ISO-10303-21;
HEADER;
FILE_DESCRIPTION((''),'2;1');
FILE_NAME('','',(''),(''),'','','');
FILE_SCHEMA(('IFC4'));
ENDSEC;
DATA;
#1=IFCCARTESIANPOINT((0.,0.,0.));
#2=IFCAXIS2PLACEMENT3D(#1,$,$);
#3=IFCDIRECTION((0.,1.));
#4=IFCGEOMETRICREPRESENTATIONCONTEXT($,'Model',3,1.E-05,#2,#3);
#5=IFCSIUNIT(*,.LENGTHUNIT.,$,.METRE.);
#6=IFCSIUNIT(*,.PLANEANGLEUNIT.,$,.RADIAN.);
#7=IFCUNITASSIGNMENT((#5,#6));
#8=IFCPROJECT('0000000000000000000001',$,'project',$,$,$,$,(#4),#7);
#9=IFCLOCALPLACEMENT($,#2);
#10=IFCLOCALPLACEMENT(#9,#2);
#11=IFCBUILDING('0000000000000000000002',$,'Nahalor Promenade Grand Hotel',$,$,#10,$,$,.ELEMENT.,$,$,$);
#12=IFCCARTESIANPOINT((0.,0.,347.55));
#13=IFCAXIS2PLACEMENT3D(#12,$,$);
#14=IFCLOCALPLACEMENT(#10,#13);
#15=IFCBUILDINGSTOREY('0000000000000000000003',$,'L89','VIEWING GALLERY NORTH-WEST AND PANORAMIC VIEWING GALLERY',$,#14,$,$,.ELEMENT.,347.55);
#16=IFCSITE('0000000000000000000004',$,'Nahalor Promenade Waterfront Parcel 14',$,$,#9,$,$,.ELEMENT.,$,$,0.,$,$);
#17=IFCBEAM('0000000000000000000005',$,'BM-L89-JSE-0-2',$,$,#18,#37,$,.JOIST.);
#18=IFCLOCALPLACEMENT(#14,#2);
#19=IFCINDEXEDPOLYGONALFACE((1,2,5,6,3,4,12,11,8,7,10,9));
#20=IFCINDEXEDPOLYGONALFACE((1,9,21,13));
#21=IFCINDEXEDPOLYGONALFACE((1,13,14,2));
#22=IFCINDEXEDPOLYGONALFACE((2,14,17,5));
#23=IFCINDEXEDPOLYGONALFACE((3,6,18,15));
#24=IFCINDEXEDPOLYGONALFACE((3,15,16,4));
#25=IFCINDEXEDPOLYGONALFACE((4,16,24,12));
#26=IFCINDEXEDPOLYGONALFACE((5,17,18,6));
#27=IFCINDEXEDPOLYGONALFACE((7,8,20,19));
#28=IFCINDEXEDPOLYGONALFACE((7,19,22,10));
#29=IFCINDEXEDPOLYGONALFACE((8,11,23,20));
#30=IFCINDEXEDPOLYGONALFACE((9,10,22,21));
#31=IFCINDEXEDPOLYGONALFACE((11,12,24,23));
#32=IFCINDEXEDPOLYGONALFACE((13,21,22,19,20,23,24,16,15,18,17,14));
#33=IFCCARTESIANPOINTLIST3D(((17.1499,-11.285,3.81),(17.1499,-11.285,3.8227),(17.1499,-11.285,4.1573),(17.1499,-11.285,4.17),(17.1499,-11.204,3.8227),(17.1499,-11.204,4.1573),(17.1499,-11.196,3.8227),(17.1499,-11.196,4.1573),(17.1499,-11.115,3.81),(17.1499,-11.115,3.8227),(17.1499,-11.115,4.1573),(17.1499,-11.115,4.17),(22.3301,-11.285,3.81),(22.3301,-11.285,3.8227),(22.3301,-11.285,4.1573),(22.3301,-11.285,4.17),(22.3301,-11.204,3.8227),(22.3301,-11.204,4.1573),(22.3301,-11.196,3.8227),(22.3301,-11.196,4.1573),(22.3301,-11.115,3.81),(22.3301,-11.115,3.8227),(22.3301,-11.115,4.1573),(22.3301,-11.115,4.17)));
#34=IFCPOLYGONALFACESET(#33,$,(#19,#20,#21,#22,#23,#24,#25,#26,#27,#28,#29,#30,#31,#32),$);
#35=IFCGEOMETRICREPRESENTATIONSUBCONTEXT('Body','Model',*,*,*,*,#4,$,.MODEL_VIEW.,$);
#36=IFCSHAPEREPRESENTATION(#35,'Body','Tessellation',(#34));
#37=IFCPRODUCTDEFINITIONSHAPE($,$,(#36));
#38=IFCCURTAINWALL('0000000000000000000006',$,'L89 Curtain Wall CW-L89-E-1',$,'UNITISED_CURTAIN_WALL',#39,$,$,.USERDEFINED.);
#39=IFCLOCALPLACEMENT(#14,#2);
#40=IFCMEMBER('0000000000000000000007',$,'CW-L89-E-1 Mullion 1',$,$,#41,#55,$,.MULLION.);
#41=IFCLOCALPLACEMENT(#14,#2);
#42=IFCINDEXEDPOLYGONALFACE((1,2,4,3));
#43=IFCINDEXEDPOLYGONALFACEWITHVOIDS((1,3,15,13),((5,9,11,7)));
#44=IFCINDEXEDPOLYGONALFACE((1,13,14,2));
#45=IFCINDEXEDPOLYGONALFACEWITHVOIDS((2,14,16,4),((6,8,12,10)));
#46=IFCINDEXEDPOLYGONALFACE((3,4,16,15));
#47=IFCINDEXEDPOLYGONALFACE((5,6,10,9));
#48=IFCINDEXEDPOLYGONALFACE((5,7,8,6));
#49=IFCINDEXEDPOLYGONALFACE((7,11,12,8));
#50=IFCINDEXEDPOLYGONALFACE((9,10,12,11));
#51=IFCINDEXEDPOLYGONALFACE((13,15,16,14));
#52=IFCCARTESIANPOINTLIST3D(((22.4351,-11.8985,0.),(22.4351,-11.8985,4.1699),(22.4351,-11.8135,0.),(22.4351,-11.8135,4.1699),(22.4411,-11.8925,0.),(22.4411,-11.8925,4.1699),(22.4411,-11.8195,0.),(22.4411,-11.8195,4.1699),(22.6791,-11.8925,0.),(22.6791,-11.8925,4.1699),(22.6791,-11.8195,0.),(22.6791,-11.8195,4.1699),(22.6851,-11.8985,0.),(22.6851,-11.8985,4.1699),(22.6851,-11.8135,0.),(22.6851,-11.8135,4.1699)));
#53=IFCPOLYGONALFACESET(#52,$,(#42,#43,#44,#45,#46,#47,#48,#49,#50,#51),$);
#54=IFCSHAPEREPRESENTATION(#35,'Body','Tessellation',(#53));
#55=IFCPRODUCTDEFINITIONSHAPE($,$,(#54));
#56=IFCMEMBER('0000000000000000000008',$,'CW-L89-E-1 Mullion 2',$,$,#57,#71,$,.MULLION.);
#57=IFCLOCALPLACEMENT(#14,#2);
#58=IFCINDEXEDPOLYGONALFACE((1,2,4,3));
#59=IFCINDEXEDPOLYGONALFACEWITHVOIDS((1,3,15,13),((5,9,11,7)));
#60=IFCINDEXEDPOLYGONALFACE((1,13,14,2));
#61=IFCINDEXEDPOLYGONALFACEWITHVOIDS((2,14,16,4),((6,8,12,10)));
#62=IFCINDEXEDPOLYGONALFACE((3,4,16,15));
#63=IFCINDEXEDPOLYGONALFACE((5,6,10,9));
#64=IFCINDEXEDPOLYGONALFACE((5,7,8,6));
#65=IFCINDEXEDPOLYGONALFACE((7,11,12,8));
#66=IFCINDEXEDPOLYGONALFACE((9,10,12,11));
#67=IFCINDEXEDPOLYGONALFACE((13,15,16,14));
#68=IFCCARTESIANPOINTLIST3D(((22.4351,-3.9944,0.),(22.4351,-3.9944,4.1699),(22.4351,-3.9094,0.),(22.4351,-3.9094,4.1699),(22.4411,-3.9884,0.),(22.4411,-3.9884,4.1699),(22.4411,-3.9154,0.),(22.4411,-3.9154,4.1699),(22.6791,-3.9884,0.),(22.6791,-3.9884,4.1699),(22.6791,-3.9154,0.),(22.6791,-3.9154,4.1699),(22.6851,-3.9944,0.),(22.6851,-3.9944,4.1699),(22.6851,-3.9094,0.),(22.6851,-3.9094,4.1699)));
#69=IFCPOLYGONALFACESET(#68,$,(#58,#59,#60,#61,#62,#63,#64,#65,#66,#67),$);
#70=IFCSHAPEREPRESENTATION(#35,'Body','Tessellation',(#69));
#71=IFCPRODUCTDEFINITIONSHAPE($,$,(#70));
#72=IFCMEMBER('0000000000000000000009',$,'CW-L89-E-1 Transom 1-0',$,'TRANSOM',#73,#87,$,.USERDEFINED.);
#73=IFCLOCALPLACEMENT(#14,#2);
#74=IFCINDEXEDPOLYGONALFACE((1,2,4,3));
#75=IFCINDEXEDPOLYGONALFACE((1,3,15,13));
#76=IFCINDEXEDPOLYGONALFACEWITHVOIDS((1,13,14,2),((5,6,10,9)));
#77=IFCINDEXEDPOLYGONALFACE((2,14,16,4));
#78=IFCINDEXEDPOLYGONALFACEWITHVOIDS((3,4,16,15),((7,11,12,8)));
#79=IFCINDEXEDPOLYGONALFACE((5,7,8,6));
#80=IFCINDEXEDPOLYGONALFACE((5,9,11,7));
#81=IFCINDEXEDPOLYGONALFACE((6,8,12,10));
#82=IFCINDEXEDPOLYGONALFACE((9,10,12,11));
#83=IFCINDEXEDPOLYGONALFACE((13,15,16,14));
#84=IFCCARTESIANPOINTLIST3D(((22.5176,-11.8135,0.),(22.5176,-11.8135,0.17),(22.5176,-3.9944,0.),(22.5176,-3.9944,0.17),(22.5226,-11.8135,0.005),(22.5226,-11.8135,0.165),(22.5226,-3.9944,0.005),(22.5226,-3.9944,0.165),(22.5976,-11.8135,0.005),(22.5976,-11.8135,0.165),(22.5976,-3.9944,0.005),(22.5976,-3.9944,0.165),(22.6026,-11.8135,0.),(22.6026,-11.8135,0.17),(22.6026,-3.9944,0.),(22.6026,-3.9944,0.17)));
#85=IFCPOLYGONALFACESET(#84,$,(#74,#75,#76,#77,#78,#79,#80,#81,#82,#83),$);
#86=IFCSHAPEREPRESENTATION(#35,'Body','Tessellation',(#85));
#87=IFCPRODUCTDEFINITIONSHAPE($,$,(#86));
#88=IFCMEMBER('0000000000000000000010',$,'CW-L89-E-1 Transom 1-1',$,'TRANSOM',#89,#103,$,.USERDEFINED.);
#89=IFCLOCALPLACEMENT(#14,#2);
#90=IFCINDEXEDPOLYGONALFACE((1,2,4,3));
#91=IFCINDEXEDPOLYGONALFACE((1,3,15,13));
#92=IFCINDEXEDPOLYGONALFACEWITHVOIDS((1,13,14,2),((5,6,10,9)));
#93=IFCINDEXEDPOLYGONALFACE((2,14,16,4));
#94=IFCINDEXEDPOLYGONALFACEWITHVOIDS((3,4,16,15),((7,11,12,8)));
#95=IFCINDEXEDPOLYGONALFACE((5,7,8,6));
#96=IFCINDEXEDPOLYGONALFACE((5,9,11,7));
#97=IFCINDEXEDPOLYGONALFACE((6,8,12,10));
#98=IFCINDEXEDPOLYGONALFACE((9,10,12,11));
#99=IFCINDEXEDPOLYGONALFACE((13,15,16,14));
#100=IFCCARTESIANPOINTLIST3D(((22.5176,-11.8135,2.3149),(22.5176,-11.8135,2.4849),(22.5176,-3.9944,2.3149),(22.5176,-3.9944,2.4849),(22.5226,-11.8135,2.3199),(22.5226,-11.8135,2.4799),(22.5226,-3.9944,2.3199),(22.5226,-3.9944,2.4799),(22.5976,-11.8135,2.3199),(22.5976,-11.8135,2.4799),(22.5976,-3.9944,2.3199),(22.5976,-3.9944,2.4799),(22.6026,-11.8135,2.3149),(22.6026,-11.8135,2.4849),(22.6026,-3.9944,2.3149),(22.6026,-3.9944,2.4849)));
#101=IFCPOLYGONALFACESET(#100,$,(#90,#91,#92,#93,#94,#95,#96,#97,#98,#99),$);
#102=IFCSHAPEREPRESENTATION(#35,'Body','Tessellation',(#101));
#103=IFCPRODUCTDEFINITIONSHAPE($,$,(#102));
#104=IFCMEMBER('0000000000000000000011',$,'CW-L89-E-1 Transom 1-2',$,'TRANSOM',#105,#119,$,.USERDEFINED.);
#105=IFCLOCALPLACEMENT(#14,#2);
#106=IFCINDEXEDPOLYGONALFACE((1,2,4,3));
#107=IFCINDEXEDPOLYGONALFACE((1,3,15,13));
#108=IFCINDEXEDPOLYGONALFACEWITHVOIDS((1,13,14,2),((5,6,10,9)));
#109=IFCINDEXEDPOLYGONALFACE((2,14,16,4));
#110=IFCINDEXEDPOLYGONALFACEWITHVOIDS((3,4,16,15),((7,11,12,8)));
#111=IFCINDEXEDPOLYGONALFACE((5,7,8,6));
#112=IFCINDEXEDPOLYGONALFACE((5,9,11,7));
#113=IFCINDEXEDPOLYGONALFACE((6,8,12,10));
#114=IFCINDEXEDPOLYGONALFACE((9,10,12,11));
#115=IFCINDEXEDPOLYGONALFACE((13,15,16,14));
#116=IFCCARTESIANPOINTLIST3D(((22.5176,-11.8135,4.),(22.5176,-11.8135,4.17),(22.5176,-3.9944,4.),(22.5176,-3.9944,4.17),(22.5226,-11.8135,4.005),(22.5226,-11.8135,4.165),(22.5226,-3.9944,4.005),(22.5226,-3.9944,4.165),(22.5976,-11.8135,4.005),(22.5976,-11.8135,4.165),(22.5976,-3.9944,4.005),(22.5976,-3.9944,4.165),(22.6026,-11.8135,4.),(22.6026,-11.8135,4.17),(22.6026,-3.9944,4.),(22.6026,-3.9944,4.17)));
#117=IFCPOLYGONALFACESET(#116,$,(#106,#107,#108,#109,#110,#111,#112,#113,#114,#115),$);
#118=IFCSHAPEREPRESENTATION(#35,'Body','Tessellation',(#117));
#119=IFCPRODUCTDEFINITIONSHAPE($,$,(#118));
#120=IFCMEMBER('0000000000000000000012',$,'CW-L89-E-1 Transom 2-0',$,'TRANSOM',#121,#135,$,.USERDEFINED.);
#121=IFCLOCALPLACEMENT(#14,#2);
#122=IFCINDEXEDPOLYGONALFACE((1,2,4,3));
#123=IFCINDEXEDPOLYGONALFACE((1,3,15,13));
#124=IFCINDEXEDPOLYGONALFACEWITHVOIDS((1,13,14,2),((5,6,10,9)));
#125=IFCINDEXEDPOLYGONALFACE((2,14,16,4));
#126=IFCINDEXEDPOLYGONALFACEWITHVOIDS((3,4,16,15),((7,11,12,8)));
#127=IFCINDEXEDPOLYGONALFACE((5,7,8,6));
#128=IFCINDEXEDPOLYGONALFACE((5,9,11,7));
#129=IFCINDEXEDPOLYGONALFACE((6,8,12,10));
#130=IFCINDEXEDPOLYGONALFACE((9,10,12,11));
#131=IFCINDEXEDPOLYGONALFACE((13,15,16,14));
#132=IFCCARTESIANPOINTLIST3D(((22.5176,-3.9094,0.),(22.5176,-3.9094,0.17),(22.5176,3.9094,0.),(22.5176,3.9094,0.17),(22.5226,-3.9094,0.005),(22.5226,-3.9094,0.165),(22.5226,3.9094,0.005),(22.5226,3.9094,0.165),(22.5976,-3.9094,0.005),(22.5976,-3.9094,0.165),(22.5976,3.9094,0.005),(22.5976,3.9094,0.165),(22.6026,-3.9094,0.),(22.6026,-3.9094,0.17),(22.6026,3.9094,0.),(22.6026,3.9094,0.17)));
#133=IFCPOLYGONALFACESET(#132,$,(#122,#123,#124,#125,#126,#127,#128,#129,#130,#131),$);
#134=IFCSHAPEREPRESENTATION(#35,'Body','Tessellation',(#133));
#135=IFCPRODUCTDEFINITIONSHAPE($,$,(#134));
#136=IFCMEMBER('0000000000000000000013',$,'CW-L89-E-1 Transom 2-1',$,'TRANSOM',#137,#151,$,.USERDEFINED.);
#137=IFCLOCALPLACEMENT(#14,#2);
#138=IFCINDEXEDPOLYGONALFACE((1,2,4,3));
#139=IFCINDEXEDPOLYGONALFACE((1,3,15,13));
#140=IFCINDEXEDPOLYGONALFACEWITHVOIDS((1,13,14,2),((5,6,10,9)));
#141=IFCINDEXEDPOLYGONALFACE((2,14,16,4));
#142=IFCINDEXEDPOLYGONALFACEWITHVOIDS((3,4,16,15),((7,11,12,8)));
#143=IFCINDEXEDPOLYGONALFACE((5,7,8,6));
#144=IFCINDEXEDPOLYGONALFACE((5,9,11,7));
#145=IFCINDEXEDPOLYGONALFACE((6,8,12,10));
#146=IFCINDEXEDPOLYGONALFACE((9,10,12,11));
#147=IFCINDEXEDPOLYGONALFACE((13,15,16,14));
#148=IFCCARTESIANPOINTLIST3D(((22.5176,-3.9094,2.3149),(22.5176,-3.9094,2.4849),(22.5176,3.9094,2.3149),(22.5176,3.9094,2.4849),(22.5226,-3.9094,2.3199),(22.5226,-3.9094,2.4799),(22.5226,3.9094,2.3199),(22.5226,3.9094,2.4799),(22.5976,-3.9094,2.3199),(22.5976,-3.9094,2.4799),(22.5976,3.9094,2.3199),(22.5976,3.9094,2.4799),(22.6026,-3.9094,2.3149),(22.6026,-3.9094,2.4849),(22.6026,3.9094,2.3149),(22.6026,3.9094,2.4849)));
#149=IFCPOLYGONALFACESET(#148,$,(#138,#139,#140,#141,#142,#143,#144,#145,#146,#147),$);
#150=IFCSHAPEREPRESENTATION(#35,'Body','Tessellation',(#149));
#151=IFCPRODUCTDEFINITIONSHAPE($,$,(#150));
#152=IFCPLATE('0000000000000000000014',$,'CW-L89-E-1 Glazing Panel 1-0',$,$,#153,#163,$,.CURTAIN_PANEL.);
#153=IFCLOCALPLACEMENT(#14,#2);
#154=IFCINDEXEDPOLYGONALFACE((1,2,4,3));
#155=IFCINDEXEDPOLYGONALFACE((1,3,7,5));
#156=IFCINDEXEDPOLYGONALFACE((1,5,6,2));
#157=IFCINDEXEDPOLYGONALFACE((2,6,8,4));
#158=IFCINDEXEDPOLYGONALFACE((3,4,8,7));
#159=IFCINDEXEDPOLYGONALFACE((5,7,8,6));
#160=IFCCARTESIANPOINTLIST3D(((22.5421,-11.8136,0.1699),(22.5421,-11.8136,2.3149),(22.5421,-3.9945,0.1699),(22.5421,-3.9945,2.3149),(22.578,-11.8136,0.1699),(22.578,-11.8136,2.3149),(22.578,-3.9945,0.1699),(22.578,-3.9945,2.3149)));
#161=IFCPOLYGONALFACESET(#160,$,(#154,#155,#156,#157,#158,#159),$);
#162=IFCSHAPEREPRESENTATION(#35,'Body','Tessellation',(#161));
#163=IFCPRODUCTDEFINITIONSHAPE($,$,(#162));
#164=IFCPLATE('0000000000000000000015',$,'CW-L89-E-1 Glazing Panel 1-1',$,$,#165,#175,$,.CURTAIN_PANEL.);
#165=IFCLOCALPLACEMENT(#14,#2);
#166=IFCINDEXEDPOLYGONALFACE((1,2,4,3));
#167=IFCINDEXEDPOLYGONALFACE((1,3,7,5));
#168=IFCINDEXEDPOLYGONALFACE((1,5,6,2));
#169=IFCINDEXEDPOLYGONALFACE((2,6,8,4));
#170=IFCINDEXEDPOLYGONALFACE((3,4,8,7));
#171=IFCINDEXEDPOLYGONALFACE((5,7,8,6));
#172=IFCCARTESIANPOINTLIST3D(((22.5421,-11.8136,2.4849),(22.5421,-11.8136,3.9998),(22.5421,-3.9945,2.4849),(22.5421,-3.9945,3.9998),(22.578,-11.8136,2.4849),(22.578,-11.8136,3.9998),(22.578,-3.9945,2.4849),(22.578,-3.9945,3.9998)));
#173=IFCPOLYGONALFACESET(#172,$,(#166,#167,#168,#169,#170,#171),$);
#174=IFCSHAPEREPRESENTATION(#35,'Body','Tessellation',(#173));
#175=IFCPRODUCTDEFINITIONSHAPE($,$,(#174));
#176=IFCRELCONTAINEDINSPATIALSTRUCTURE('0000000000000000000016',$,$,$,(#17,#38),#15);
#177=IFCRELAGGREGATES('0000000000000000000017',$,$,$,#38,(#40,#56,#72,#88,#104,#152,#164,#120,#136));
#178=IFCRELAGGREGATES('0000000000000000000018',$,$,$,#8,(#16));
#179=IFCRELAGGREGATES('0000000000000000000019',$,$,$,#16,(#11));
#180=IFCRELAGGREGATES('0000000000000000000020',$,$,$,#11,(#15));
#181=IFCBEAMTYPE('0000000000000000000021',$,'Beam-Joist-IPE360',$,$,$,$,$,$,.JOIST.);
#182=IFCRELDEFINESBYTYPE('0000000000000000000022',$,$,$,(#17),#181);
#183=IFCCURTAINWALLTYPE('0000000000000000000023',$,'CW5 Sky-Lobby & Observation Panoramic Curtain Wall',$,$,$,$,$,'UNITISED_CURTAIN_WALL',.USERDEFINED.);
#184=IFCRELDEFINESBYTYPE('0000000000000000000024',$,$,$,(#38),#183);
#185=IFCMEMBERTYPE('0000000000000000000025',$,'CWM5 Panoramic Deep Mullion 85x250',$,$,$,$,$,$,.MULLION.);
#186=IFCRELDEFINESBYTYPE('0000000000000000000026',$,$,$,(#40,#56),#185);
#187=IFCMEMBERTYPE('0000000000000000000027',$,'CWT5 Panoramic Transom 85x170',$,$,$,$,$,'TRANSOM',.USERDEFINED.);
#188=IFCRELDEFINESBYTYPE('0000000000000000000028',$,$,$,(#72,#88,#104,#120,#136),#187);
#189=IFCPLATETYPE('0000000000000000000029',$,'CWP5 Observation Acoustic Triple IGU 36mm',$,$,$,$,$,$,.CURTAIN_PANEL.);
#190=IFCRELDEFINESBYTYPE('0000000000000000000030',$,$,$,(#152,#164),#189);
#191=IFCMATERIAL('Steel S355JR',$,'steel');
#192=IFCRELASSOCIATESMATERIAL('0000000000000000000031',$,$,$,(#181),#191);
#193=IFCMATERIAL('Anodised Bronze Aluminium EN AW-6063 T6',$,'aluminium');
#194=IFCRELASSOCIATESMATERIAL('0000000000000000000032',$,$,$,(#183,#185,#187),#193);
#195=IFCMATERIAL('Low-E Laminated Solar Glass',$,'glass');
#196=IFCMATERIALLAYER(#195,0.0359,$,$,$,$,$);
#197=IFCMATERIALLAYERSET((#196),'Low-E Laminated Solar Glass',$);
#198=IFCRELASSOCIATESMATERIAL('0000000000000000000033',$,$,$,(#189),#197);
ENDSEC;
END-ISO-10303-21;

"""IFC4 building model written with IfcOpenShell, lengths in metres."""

from ifc_helpers import new_model, si_unit, direction, frame, origin, origin_2d, place, context, subcontext, project, spatial, rectangle, hollow_rectangle, i_section, extrude, source, transform, mapped, material, layer, layer_set, material_profile, profile_set, type_object, element, aggregate, save


model = new_model("IFC4")

# Units and contexts
model_context = context("Model", 3, precision=1e-05, world=origin(), true_north=direction((0.0, 1.0)))
body_context = subcontext(model_context, "Body", "Model", "MODEL_VIEW")
ifc_project = project(units=[si_unit("LENGTHUNIT", "METRE"), si_unit("PLANEANGLEUNIT", "RADIAN")], contexts=[model_context])

# Site, building, storey
site_placement = place(None, origin())
site = spatial("IfcSite", under=ifc_project, at=site_placement, Name="Nahalor Promenade Waterfront Parcel 14", CompositionType="ELEMENT", RefElevation=0.0)
building_placement = place(site_placement, origin())
building = spatial("IfcBuilding", under=site, at=building_placement, Name="Nahalor Promenade Grand Hotel", CompositionType="ELEMENT")
storey_placement = place(building_placement, frame((0.0, 0.0, 347.55)))
storey = spatial("IfcBuildingStorey", under=building, at=storey_placement, Name="L89", Description="VIEWING GALLERY NORTH-WEST AND PANORAMIC VIEWING GALLERY", CompositionType="ELEMENT", Elevation=347.55)

# Shared definitions
ifc_material_1 = material(Name="Steel S355JR", Category="steel")

# Beam
ifc_material_profile_1 = material_profile(ifc_material_1, i_section(OverallWidth=0.17, OverallDepth=0.36, WebThickness=0.008, FlangeThickness=0.0127, at=origin_2d()), Name="IPE 360")
ifc_profile_set_1 = profile_set([ifc_material_profile_1], Name="Steel S355JR")
beam_type_1 = type_object("IfcBeamType", Name="Beam-Joist-IPE360", PredefinedType="JOIST", material=ifc_profile_set_1)
shared_shape_1 = source(origin(), body_context, "Body", "SweptSolid", [
    extrude(i_section(OverallWidth=0.17, OverallDepth=0.36, WebThickness=0.008, FlangeThickness=0.0127, at=origin_2d()), origin(), (0.0, 0.0, 1.0), 5.1802),
])
beam_1_placement = place(storey_placement, frame((17.1499, -11.2, 3.99), z_axis=(1.0, 0.0, 0.0), x_axis=(0.0, 1.0, 0.0)))
element("IfcBeam", 1, at=beam_1_placement, inside=storey, type_object=beam_type_1, Name="BM-L89-JSE-0-2", PredefinedType="JOIST", context=body_context, shape_type="MappedRepresentation", body=[
    mapped(shared_shape_1, transform((0.0, 0.0, 0.0), scale=1.0)),
])

# Curtain wall, members, plates
ifc_material_2 = material(Name="Anodised Bronze Aluminium EN AW-6063 T6", Category="aluminium")
curtain_wall_type = type_object("IfcCurtainWallType", Name="CW5 Sky-Lobby & Observation Panoramic Curtain Wall", ElementType="UNITISED_CURTAIN_WALL", PredefinedType="USERDEFINED", material=ifc_material_2)
curtain_wall_placement = place(storey_placement, origin())
curtain_wall = element("IfcCurtainWall", 2, at=curtain_wall_placement, inside=storey, type_object=curtain_wall_type, Name="L89 Curtain Wall CW-L89-E-1", ObjectType="UNITISED_CURTAIN_WALL", PredefinedType="USERDEFINED")
ifc_material_profile_2 = material_profile(ifc_material_2, hollow_rectangle(XDim=0.085, YDim=0.25, WallThickness=0.006, at=origin_2d()), Name="CWM 85x250x6")
ifc_profile_set_2 = profile_set([ifc_material_profile_2], Name="Anodised Bronze Aluminium EN AW-6063 T6")
member_type_1 = type_object("IfcMemberType", Name="CWM5 Panoramic Deep Mullion 85x250", PredefinedType="MULLION", material=ifc_profile_set_2)
shared_shape_2 = source(origin(), body_context, "Body", "SweptSolid", [
    extrude(hollow_rectangle(XDim=0.085, YDim=0.25, WallThickness=0.006, at=origin_2d()), origin(), (0.0, 0.0, 1.0), 4.1699),
])
member_1_placement = place(storey_placement, frame((22.5601, -11.856, 0.0), z_axis=(0.0, 0.0, 1.0), x_axis=(0.0, 1.0, 0.0)))
member_1 = element("IfcMember", 3, at=member_1_placement, type_object=member_type_1, Name="CW-L89-E-1 Mullion 1", PredefinedType="MULLION", context=body_context, shape_type="MappedRepresentation", body=[
    mapped(shared_shape_2, transform((0.0, 0.0, 0.0), scale=1.0)),
])
member_2_placement = place(storey_placement, frame((22.5601, -3.9519, 0.0), z_axis=(0.0, 0.0, 1.0), x_axis=(0.0, 1.0, 0.0)))
member_2 = element("IfcMember", 4, at=member_2_placement, type_object=member_type_1, Name="CW-L89-E-1 Mullion 2", PredefinedType="MULLION", context=body_context, shape_type="MappedRepresentation", body=[
    mapped(shared_shape_2, transform((0.0, 0.0, 0.0), scale=1.0)),
])
ifc_material_profile_3 = material_profile(ifc_material_2, hollow_rectangle(XDim=0.085, YDim=0.17, WallThickness=0.005, at=origin_2d()), Name="CWT 85x170x5")
ifc_profile_set_3 = profile_set([ifc_material_profile_3], Name="Anodised Bronze Aluminium EN AW-6063 T6")
member_type_2 = type_object("IfcMemberType", Name="CWT5 Panoramic Transom 85x170", ElementType="TRANSOM", PredefinedType="USERDEFINED", material=ifc_profile_set_3)
shared_shape_3 = source(origin(), body_context, "Body", "SweptSolid", [
    extrude(hollow_rectangle(XDim=0.085, YDim=0.17, WallThickness=0.005, at=origin_2d()), origin(), (0.0, 0.0, 1.0), 7.8191),
])
member_3_placement = place(storey_placement, frame((22.5601, -11.8135, 0.085), z_axis=(0.0, 1.0, 0.0), x_axis=(-1.0, 0.0, 0.0)))
member_3 = element("IfcMember", 5, at=member_3_placement, type_object=member_type_2, Name="CW-L89-E-1 Transom 1-0", ObjectType="TRANSOM", PredefinedType="USERDEFINED", context=body_context, shape_type="MappedRepresentation", body=[
    mapped(shared_shape_3, transform((0.0, 0.0, 0.0), scale=1.0)),
])
member_4_placement = place(storey_placement, frame((22.5601, -11.8135, 2.3999), z_axis=(0.0, 1.0, 0.0), x_axis=(-1.0, 0.0, 0.0)))
member_4 = element("IfcMember", 6, at=member_4_placement, type_object=member_type_2, Name="CW-L89-E-1 Transom 1-1", ObjectType="TRANSOM", PredefinedType="USERDEFINED", context=body_context, shape_type="MappedRepresentation", body=[
    mapped(shared_shape_3, transform((0.0, 0.0, 0.0), scale=1.0)),
])
member_5_placement = place(storey_placement, frame((22.5601, -11.8135, 4.085), z_axis=(0.0, 1.0, 0.0), x_axis=(-1.0, 0.0, 0.0)))
member_5 = element("IfcMember", 7, at=member_5_placement, type_object=member_type_2, Name="CW-L89-E-1 Transom 1-2", ObjectType="TRANSOM", PredefinedType="USERDEFINED", context=body_context, shape_type="MappedRepresentation", body=[
    mapped(shared_shape_3, transform((0.0, 0.0, 0.0), scale=1.0)),
])
shared_shape_4 = source(origin(), body_context, "Body", "SweptSolid", [
    extrude(hollow_rectangle(XDim=0.085, YDim=0.17, WallThickness=0.005, at=origin_2d()), origin(), (0.0, 0.0, 1.0), 7.8188),
])
member_6_placement = place(storey_placement, frame((22.5601, -3.9094, 0.085), z_axis=(0.0, 1.0, 0.0), x_axis=(-1.0, 0.0, 0.0)))
member_6 = element("IfcMember", 8, at=member_6_placement, type_object=member_type_2, Name="CW-L89-E-1 Transom 2-0", ObjectType="TRANSOM", PredefinedType="USERDEFINED", context=body_context, shape_type="MappedRepresentation", body=[
    mapped(shared_shape_4, transform((0.0, 0.0, 0.0), scale=1.0)),
])
member_7_placement = place(storey_placement, frame((22.5601, -3.9094, 2.3999), z_axis=(0.0, 1.0, 0.0), x_axis=(-1.0, 0.0, 0.0)))
member_7 = element("IfcMember", 9, at=member_7_placement, type_object=member_type_2, Name="CW-L89-E-1 Transom 2-1", ObjectType="TRANSOM", PredefinedType="USERDEFINED", context=body_context, shape_type="MappedRepresentation", body=[
    mapped(shared_shape_4, transform((0.0, 0.0, 0.0), scale=1.0)),
])
ifc_material_3 = material(Name="Low-E Laminated Solar Glass", Category="glass")
ifc_layer_1 = layer(ifc_material_3, 0.0359)
ifc_layer_set_1 = layer_set([ifc_layer_1], Name="Low-E Laminated Solar Glass")
plate_type = type_object("IfcPlateType", Name="CWP5 Observation Acoustic Triple IGU 36mm", PredefinedType="CURTAIN_PANEL", material=ifc_layer_set_1)
shared_shape_5 = source(origin(), body_context, "Body", "SweptSolid", [
    extrude(rectangle(XDim=7.8191, YDim=0.0359, at=origin_2d()), origin(), (0.0, 0.0, 1.0), 2.145),
])
plate_1_placement = place(storey_placement, frame((22.5601, -7.9041, 0.1699), z_axis=(0.0, 0.0, 1.0), x_axis=(0.0, 1.0, 0.0)))
plate_1 = element("IfcPlate", 10, at=plate_1_placement, type_object=plate_type, Name="CW-L89-E-1 Glazing Panel 1-0", PredefinedType="CURTAIN_PANEL", context=body_context, shape_type="MappedRepresentation", body=[
    mapped(shared_shape_5, transform((0.0, 0.0, 0.0), scale=1.0)),
])
shared_shape_6 = source(origin(), body_context, "Body", "SweptSolid", [
    extrude(rectangle(XDim=7.8191, YDim=0.0359, at=origin_2d()), origin(), (0.0, 0.0, 1.0), 1.5149),
])
plate_2_placement = place(storey_placement, frame((22.5601, -7.9041, 2.4849), z_axis=(0.0, 0.0, 1.0), x_axis=(0.0, 1.0, 0.0)))
plate_2 = element("IfcPlate", 11, at=plate_2_placement, type_object=plate_type, Name="CW-L89-E-1 Glazing Panel 1-1", PredefinedType="CURTAIN_PANEL", context=body_context, shape_type="MappedRepresentation", body=[
    mapped(shared_shape_6, transform((0.0, 0.0, 0.0), scale=1.0)),
])
aggregate(curtain_wall, [member_1, member_2, member_3, member_4, member_5, plate_1, plate_2, member_6, member_7])

save(model, "model.ifc")
